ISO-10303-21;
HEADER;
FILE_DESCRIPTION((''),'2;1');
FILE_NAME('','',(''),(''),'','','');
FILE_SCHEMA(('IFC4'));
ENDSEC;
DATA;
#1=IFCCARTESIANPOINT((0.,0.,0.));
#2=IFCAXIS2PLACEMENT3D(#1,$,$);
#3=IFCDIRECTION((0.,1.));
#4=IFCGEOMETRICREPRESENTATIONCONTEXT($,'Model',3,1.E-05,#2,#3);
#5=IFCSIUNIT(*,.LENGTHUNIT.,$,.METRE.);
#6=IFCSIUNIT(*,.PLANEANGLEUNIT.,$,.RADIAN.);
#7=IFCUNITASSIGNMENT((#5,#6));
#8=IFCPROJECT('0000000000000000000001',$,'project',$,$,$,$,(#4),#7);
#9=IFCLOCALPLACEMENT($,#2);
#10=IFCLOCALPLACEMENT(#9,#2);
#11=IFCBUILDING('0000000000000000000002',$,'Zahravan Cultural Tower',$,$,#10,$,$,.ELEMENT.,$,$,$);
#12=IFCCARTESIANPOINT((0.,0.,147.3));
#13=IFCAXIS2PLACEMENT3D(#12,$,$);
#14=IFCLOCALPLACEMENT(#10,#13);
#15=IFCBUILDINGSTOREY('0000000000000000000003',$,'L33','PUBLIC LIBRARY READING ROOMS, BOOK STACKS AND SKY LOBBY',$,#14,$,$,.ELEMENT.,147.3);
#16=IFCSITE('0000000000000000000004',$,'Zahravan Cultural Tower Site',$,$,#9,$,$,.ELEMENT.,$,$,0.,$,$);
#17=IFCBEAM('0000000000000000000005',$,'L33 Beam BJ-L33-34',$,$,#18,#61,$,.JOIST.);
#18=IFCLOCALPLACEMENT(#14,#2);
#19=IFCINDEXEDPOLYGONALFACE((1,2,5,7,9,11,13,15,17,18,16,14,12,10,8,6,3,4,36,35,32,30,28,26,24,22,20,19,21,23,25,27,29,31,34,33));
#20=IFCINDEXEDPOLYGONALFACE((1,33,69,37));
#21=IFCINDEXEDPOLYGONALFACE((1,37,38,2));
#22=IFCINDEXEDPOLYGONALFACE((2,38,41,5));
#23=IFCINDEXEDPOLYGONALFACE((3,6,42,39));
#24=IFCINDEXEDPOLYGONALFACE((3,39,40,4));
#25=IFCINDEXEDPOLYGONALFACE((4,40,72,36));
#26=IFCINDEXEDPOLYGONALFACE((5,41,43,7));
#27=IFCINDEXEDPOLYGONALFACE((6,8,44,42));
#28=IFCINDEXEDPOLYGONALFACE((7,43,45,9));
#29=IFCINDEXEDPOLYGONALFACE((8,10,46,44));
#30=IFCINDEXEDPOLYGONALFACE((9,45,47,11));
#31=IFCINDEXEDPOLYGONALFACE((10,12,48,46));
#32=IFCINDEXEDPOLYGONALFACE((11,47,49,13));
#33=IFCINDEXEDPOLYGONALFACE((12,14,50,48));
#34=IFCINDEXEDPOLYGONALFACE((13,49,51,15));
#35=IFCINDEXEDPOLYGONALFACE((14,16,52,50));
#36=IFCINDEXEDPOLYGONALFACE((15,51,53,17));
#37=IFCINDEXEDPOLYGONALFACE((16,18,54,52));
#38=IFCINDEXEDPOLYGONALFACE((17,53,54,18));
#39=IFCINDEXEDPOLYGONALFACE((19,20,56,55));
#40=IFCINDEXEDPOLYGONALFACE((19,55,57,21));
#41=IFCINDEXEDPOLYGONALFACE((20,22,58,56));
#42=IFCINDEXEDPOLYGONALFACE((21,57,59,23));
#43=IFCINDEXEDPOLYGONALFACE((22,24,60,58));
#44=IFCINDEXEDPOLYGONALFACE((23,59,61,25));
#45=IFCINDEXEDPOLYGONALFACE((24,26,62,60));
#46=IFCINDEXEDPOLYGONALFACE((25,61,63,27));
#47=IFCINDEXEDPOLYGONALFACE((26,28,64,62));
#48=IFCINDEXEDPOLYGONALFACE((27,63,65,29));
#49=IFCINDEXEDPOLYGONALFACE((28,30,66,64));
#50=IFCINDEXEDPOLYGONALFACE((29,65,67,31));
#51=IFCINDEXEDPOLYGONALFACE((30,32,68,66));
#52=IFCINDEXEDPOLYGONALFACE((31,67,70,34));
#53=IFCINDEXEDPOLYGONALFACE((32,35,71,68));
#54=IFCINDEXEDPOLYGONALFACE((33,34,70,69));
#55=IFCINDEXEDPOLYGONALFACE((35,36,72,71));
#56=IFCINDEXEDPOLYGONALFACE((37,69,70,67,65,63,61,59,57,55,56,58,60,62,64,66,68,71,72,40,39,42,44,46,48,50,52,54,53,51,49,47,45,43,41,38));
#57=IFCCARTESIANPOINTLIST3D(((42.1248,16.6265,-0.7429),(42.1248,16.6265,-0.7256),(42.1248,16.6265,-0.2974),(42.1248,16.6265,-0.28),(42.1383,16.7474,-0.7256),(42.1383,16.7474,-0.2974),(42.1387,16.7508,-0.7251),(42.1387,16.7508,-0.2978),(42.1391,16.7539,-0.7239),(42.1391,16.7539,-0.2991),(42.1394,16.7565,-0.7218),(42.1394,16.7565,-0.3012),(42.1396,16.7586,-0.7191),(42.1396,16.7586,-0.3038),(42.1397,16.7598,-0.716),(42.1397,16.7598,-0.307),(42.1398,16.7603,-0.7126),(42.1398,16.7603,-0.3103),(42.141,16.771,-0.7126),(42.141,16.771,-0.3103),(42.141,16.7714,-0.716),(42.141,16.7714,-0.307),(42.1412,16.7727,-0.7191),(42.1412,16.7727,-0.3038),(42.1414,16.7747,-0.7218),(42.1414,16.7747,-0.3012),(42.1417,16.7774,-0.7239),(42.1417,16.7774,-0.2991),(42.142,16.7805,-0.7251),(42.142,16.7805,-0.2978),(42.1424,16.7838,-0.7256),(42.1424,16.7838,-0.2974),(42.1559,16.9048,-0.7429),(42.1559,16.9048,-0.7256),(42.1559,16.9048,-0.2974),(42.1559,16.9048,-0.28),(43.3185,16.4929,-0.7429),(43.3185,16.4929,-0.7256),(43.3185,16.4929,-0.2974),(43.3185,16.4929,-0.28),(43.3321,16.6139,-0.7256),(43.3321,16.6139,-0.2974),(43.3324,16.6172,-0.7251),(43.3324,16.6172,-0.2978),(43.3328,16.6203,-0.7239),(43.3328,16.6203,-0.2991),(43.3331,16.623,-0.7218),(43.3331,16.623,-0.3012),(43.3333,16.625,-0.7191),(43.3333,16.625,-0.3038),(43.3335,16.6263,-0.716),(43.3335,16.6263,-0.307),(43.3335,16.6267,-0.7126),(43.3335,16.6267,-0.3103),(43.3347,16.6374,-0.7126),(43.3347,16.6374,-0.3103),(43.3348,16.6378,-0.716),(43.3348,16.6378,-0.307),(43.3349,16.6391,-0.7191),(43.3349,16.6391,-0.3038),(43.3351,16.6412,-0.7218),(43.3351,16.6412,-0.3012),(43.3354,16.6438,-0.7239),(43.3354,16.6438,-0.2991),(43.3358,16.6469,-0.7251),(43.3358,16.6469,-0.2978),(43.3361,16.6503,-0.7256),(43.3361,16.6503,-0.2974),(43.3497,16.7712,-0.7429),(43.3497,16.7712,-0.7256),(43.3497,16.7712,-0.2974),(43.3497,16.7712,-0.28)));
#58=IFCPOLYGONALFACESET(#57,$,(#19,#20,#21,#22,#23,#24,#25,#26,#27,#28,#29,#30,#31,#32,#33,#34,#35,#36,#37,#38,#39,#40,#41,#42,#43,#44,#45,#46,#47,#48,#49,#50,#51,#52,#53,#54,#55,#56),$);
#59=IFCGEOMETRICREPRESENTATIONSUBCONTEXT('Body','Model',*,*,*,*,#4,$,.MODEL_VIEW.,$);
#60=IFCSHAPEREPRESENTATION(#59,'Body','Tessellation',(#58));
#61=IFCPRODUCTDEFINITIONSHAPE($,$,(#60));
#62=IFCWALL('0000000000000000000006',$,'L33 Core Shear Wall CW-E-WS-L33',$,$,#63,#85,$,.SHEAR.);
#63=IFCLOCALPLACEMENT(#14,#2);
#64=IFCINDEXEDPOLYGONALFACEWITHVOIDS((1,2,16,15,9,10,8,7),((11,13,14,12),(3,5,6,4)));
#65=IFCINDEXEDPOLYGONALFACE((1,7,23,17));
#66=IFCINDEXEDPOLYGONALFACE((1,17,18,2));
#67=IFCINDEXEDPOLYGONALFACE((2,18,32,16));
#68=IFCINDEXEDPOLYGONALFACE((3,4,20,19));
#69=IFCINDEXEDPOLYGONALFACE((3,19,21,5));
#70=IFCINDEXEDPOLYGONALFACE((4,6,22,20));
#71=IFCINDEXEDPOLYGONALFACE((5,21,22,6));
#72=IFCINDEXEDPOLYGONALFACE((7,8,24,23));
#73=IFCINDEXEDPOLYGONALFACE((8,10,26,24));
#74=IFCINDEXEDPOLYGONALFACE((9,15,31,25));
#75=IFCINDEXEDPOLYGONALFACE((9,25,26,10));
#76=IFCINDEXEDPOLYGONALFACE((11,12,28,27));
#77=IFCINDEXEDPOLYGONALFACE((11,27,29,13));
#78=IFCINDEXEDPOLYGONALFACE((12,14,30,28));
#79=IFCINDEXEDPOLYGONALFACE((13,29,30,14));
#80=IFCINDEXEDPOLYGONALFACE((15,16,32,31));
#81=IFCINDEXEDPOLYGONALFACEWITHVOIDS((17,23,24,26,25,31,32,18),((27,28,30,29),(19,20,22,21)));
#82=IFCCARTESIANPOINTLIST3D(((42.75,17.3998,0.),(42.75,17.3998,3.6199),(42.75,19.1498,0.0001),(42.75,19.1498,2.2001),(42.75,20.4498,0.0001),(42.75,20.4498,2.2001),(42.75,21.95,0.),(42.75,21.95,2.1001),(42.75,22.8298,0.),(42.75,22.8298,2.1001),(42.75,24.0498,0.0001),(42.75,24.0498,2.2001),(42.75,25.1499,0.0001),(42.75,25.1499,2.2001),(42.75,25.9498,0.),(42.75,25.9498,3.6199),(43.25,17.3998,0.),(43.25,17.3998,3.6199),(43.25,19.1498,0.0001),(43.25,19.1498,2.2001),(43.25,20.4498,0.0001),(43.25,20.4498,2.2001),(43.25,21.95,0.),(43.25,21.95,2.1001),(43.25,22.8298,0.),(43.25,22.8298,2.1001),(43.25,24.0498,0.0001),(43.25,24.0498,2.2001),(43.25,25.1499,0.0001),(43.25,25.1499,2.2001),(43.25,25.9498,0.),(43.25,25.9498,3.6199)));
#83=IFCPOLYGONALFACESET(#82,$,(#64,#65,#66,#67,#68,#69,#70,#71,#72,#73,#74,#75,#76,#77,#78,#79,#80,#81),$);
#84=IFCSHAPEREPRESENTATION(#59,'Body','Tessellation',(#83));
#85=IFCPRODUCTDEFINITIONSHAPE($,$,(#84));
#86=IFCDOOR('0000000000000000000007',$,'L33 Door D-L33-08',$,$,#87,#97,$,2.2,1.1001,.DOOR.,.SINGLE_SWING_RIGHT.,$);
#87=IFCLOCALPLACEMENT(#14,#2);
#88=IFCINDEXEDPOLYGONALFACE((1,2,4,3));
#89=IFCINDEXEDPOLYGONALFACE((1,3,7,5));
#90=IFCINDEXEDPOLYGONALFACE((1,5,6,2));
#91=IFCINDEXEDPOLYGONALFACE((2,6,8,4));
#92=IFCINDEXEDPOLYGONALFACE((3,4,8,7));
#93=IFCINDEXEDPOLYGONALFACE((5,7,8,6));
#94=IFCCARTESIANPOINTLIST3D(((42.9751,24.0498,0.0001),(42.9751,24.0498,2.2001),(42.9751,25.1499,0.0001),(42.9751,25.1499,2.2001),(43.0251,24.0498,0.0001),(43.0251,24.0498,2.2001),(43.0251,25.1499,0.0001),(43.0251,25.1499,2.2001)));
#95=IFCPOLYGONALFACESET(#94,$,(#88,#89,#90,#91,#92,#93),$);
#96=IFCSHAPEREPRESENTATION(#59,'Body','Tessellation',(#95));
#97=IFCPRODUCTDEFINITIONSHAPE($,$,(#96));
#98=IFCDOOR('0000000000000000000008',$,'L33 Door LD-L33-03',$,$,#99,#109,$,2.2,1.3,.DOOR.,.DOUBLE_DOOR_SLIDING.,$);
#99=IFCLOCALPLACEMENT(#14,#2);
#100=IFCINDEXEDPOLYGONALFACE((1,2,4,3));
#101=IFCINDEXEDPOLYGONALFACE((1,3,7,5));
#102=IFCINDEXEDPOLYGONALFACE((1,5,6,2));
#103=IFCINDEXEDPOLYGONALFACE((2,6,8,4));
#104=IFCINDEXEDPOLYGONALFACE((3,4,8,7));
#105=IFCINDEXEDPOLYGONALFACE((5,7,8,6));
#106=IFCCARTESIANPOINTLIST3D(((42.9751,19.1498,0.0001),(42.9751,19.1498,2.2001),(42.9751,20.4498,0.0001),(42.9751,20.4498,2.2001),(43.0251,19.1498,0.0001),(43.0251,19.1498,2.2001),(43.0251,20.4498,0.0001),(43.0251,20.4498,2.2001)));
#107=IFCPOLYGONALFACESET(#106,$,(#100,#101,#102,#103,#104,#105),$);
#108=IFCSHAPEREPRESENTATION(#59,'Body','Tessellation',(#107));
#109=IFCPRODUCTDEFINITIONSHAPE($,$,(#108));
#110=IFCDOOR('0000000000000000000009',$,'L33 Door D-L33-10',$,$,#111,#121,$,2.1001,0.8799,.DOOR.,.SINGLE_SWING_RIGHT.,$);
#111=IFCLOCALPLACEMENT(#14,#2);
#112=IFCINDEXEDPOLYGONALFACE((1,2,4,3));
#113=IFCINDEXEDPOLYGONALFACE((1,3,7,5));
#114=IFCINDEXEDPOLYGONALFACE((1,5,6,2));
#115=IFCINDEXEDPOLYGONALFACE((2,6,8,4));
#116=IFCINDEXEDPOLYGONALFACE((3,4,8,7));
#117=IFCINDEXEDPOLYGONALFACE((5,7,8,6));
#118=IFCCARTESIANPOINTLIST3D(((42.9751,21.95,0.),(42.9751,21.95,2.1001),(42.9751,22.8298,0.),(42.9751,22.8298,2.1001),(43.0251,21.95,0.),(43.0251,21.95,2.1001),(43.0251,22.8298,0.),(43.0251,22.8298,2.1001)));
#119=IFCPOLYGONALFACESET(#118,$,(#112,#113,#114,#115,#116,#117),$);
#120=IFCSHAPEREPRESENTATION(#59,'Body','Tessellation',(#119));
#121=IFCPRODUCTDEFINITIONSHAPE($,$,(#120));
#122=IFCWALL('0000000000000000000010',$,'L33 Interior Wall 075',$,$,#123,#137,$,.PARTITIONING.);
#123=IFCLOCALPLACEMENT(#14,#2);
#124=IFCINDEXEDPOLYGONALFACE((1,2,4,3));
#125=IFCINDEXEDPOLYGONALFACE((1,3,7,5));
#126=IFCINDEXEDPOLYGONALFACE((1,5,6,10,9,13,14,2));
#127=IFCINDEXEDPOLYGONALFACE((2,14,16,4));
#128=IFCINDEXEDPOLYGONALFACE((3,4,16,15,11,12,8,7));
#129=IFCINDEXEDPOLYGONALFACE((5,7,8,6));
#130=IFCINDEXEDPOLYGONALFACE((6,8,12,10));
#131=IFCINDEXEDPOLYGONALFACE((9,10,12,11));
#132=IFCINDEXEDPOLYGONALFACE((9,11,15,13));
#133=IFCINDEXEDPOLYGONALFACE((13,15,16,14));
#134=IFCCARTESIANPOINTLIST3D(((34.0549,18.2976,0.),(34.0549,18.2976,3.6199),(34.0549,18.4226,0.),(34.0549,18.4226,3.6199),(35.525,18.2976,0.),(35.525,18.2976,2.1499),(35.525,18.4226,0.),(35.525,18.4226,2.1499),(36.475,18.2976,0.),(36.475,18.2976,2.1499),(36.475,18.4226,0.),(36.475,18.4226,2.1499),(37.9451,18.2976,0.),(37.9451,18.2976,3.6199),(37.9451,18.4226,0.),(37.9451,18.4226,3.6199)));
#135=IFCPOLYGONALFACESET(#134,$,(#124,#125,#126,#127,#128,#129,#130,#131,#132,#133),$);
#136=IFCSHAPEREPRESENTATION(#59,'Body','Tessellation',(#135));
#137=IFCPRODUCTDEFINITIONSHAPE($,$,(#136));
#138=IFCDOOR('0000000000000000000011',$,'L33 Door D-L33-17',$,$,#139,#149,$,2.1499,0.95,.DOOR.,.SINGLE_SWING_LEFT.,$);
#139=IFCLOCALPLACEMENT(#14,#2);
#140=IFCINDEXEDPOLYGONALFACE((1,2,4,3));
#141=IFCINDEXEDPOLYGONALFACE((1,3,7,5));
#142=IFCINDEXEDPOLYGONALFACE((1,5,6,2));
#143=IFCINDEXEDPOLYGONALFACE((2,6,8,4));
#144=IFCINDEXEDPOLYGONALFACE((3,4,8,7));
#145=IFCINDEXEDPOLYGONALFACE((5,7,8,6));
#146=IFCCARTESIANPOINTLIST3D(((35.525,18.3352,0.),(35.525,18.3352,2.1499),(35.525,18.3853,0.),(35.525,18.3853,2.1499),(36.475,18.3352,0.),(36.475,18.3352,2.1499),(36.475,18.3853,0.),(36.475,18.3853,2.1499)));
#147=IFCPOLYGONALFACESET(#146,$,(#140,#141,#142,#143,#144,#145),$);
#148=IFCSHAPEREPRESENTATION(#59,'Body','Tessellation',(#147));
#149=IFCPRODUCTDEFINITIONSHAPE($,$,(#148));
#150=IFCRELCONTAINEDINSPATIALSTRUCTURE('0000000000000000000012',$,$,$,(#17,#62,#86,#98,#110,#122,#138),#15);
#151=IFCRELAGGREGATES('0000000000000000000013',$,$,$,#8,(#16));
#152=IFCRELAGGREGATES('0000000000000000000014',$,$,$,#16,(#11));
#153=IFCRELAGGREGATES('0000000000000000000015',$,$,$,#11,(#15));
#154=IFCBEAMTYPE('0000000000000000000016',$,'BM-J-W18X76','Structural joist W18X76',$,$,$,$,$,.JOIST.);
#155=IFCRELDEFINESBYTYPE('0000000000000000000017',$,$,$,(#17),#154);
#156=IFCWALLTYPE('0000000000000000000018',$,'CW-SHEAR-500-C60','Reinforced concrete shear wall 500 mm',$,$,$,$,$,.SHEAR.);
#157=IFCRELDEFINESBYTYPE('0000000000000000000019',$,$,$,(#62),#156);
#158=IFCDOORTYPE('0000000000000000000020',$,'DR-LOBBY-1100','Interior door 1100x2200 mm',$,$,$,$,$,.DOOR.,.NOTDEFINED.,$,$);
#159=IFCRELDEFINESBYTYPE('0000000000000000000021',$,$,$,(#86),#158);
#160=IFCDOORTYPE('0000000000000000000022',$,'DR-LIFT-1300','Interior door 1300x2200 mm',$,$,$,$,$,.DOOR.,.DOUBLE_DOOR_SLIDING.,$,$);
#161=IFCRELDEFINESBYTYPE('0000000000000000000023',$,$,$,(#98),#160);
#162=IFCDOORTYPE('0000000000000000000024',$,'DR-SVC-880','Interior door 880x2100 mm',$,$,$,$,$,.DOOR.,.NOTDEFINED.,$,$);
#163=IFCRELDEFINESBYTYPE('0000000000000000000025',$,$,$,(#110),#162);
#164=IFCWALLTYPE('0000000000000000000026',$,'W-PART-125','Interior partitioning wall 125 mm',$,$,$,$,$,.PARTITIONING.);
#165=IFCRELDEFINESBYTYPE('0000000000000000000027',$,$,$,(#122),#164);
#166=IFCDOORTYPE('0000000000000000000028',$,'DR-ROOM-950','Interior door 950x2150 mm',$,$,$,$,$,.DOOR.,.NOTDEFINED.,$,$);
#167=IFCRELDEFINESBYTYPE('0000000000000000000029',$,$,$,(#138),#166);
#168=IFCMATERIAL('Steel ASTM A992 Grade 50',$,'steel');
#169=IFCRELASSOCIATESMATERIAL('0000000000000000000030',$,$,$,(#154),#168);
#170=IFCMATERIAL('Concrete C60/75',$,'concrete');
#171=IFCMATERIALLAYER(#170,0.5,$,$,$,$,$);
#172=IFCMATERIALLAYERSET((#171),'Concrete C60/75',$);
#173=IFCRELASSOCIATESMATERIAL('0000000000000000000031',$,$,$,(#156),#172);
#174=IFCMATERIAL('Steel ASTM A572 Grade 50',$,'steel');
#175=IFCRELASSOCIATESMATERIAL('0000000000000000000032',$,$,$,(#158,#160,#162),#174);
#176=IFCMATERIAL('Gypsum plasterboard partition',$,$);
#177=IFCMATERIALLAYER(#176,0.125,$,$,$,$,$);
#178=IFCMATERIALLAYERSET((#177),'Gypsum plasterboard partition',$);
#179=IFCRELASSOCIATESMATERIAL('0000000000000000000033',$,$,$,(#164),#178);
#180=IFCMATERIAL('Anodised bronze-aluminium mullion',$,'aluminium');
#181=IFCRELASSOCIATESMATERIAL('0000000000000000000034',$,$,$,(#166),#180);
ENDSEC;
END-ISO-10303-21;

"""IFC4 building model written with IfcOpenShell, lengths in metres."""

from ifc_helpers import new_model, si_unit, direction, frame, frame_2d, origin, origin_2d, place, context, subcontext, project, spatial, rectangle, i_section, extrude, source, transform, mapped, material, layer, layer_set, material_profile, profile_set, type_object, element, fill, save


model = new_model("IFC4")

# Units and contexts
model_context = context("Model", 3, precision=1e-05, world=origin(), true_north=direction((0.0, 1.0)))
body_context = subcontext(model_context, "Body", "Model", "MODEL_VIEW")
ifc_project = project(units=[si_unit("LENGTHUNIT", "METRE"), si_unit("PLANEANGLEUNIT", "RADIAN")], contexts=[model_context])

# Site, building, storey
site_placement = place(None, origin())
site = spatial("IfcSite", under=ifc_project, at=site_placement, Name="Zahravan Cultural Tower Site", CompositionType="ELEMENT", RefElevation=0.0)
building_placement = place(site_placement, origin())
building = spatial("IfcBuilding", under=site, at=building_placement, Name="Zahravan Cultural Tower", CompositionType="ELEMENT")
storey_placement = place(building_placement, frame((0.0, 0.0, 147.3)))
storey = spatial("IfcBuildingStorey", under=building, at=storey_placement, Name="L33", Description="PUBLIC LIBRARY READING ROOMS, BOOK STACKS AND SKY LOBBY", CompositionType="ELEMENT", Elevation=147.3)

# Beam
ifc_material_1 = material(Name="Steel ASTM A992 Grade 50", Category="steel")
ifc_material_profile_1 = material_profile(ifc_material_1, i_section(OverallWidth=0.28, OverallDepth=0.4629, WebThickness=0.0107, FlangeThickness=0.0173, FilletRadius=0.0129, at=origin_2d()), Name="W18X76")
ifc_profile_set_1 = profile_set([ifc_material_profile_1], Name="Steel ASTM A992 Grade 50")
beam_type_1 = type_object("IfcBeamType", Name="BM-J-W18X76", Description="Structural joist W18X76", PredefinedType="JOIST", material=ifc_profile_set_1)
shared_shape_1 = source(origin(), body_context, "Body", "SweptSolid", [
    extrude(i_section(OverallWidth=0.28, OverallDepth=0.4629, WebThickness=0.0107, FlangeThickness=0.0173, FilletRadius=0.0129, at=origin_2d()), origin(), (0.0, 0.0, 1.0), 1.2012),
])
beam_1_placement = place(storey_placement, frame((42.1404, 16.7656, -0.5115), z_axis=(0.993799, -0.11119, 0.0), x_axis=(0.11119, 0.993799, 0.0)))
element("IfcBeam", 1, at=beam_1_placement, inside=storey, type_object=beam_type_1, Name="L33 Beam BJ-L33-34", PredefinedType="JOIST", context=body_context, shape_type="MappedRepresentation", body=[
    mapped(shared_shape_1, transform((0.0, 0.0, 0.0), x_axis=(1.0, 0.0, 0.0), y_axis=(0.0, 1.0, 0.0), z_axis=(0.0, 0.0, 1.0), scale=1.0)),
])

# Wall, openings, doors
ifc_material_2 = material(Name="Concrete C60/75", Category="concrete")
ifc_layer_1 = layer(ifc_material_2, 0.5)
ifc_layer_set_1 = layer_set([ifc_layer_1], Name="Concrete C60/75")
wall_type_1 = type_object("IfcWallType", Name="CW-SHEAR-500-C60", Description="Reinforced concrete shear wall 500 mm", PredefinedType="SHEAR", material=ifc_layer_set_1)
wall_1_placement = place(storey_placement, frame((43.0, 17.3999, 0.0), z_axis=(0.0, 0.0, 1.0), x_axis=(0.0, 1.0, 0.0)))
wall_1 = element("IfcWall", 2, at=wall_1_placement, inside=storey, type_object=wall_type_1, Name="L33 Core Shear Wall CW-E-WS-L33", PredefinedType="SHEAR", context=body_context, shape_type="SweptSolid", body=[
    extrude(rectangle(XDim=8.55, YDim=0.5, at=frame_2d((4.2749, 0.0))), origin(), (0.0, 0.0, 1.0), 3.6199),
])
opening_1_placement = place(wall_1_placement, frame((6.6499, 0.0, 0.0)))
opening_1 = element("IfcOpeningElement", 3, at=opening_1_placement, cuts=wall_1, PredefinedType="OPENING", context=body_context, shape_type="SweptSolid", body=[
    extrude(rectangle(XDim=1.1001, YDim=2.2, at=frame_2d((0.55, 1.1001))), frame((0.0, 0.26, 0.0), z_axis=(0.0, -1.0, 0.0), x_axis=(1.0, 0.0, 0.0)), (0.0, 0.0, 1.0), 0.52),
])
opening_2_placement = place(wall_1_placement, frame((1.75, 0.0, 0.0)))
opening_2 = element("IfcOpeningElement", 4, at=opening_2_placement, cuts=wall_1, PredefinedType="OPENING", context=body_context, shape_type="SweptSolid", body=[
    extrude(rectangle(XDim=1.3, YDim=2.2, at=frame_2d((0.6499, 1.1001))), frame((0.0, 0.26, 0.0), z_axis=(0.0, -1.0, 0.0), x_axis=(1.0, 0.0, 0.0)), (0.0, 0.0, 1.0), 0.52),
])
opening_3_placement = place(wall_1_placement, frame((4.55, 0.0, 0.0)))
opening_3 = element("IfcOpeningElement", 5, at=opening_3_placement, cuts=wall_1, PredefinedType="OPENING", context=body_context, shape_type="SweptSolid", body=[
    extrude(rectangle(XDim=0.8799, YDim=2.1001, at=frame_2d((0.4399, 1.05))), frame((0.0, 0.26, 0.0), z_axis=(0.0, -1.0, 0.0), x_axis=(1.0, 0.0, 0.0)), (0.0, 0.0, 1.0), 0.52),
])
ifc_material_3 = material(Name="Steel ASTM A572 Grade 50", Category="steel")
door_type_1 = type_object("IfcDoorType", Name="DR-LOBBY-1100", Description="Interior door 1100x2200 mm", OperationType="NOTDEFINED", PredefinedType="DOOR", material=ifc_material_3)
shared_shape_2 = source(origin(), body_context, "Body", "SweptSolid", [
    extrude(rectangle(XDim=1.1001, YDim=2.2, at=frame_2d((0.55, 1.1001))), frame((0.0, 0.0249, 0.0), z_axis=(0.0, -1.0, 0.0), x_axis=(1.0, 0.0, 0.0)), (0.0, 0.0, 1.0), 0.05),
])
door_1_placement = place(opening_1_placement, origin())
door_1 = element("IfcDoor", 6, at=door_1_placement, inside=storey, type_object=door_type_1, Name="L33 Door D-L33-08", OperationType="SINGLE_SWING_RIGHT", OverallHeight=2.2, OverallWidth=1.1001, PredefinedType="DOOR", context=body_context, shape_type="MappedRepresentation", body=[
    mapped(shared_shape_2, transform((0.0, 0.0, 0.0), x_axis=(1.0, 0.0, 0.0), y_axis=(0.0, 1.0, 0.0), z_axis=(0.0, 0.0, 1.0), scale=1.0)),
])
fill(opening_1, door_1)
door_type_2 = type_object("IfcDoorType", Name="DR-LIFT-1300", Description="Interior door 1300x2200 mm", OperationType="DOUBLE_DOOR_SLIDING", PredefinedType="DOOR", material=ifc_material_3)
shared_shape_3 = source(origin(), body_context, "Body", "SweptSolid", [
    extrude(rectangle(XDim=1.3, YDim=2.2, at=frame_2d((0.6499, 1.1001))), frame((0.0, 0.0249, 0.0), z_axis=(0.0, -1.0, 0.0), x_axis=(1.0, 0.0, 0.0)), (0.0, 0.0, 1.0), 0.05),
])
door_2_placement = place(opening_2_placement, origin())
door_2 = element("IfcDoor", 7, at=door_2_placement, inside=storey, type_object=door_type_2, Name="L33 Door LD-L33-03", OperationType="DOUBLE_DOOR_SLIDING", OverallHeight=2.2, OverallWidth=1.3, PredefinedType="DOOR", context=body_context, shape_type="MappedRepresentation", body=[
    mapped(shared_shape_3, transform((0.0, 0.0, 0.0), x_axis=(1.0, 0.0, 0.0), y_axis=(0.0, 1.0, 0.0), z_axis=(0.0, 0.0, 1.0), scale=1.0)),
])
fill(opening_2, door_2)
door_type_3 = type_object("IfcDoorType", Name="DR-SVC-880", Description="Interior door 880x2100 mm", OperationType="NOTDEFINED", PredefinedType="DOOR", material=ifc_material_3)
shared_shape_4 = source(origin(), body_context, "Body", "SweptSolid", [
    extrude(rectangle(XDim=0.8799, YDim=2.1001, at=frame_2d((0.4399, 1.05))), frame((0.0, 0.0249, 0.0), z_axis=(0.0, -1.0, 0.0), x_axis=(1.0, 0.0, 0.0)), (0.0, 0.0, 1.0), 0.05),
])
door_3_placement = place(opening_3_placement, origin())
door_3 = element("IfcDoor", 8, at=door_3_placement, inside=storey, type_object=door_type_3, Name="L33 Door D-L33-10", OperationType="SINGLE_SWING_RIGHT", OverallHeight=2.1001, OverallWidth=0.8799, PredefinedType="DOOR", context=body_context, shape_type="MappedRepresentation", body=[
    mapped(shared_shape_4, transform((0.0, 0.0, 0.0), x_axis=(1.0, 0.0, 0.0), y_axis=(0.0, 1.0, 0.0), z_axis=(0.0, 0.0, 1.0), scale=1.0)),
])
fill(opening_3, door_3)

# Wall, opening, door
ifc_material_4 = material(Name="Gypsum plasterboard partition")
ifc_layer_2 = layer(ifc_material_4, 0.125)
ifc_layer_set_2 = layer_set([ifc_layer_2], Name="Gypsum plasterboard partition")
wall_type_2 = type_object("IfcWallType", Name="W-PART-125", Description="Interior partitioning wall 125 mm", PredefinedType="PARTITIONING", material=ifc_layer_set_2)
ifc_material_5 = material(Name="Anodised bronze-aluminium mullion", Category="aluminium")
door_type_4 = type_object("IfcDoorType", Name="DR-ROOM-950", Description="Interior door 950x2150 mm", OperationType="NOTDEFINED", PredefinedType="DOOR", material=ifc_material_5)
shared_shape_5 = source(origin(), body_context, "Body", "SweptSolid", [
    extrude(rectangle(XDim=0.95, YDim=2.1499, at=frame_2d((0.4751, 1.075))), frame((0.0, 0.0249, 0.0), z_axis=(0.0, -1.0, 0.0), x_axis=(1.0, 0.0, 0.0)), (0.0, 0.0, 1.0), 0.05),
])
wall_2_placement = place(storey_placement, frame((37.9451, 18.3601, 0.0), z_axis=(0.0, 0.0, 1.0), x_axis=(-1.0, 0.0, 0.0)))
wall_2 = element("IfcWall", 9, at=wall_2_placement, inside=storey, type_object=wall_type_2, Name="L33 Interior Wall 075", PredefinedType="PARTITIONING", context=body_context, shape_type="SweptSolid", body=[
    extrude(rectangle(XDim=3.8901, YDim=0.125, at=frame_2d((1.9451, 0.0))), origin(), (0.0, 0.0, 1.0), 3.6199),
])
opening_4_placement = place(wall_2_placement, frame((1.47, 0.0, 0.0)))
opening_4 = element("IfcOpeningElement", 10, at=opening_4_placement, cuts=wall_2, PredefinedType="OPENING", context=body_context, shape_type="SweptSolid", body=[
    extrude(rectangle(XDim=0.95, YDim=2.1499, at=frame_2d((0.4751, 1.075))), frame((0.0, 0.0725, 0.0), z_axis=(0.0, -1.0, 0.0), x_axis=(1.0, 0.0, 0.0)), (0.0, 0.0, 1.0), 0.145),
])
door_4_placement = place(opening_4_placement, origin())
door_4 = element("IfcDoor", 11, at=door_4_placement, inside=storey, type_object=door_type_4, Name="L33 Door D-L33-17", OperationType="SINGLE_SWING_LEFT", OverallHeight=2.1499, OverallWidth=0.95, PredefinedType="DOOR", context=body_context, shape_type="MappedRepresentation", body=[
    mapped(shared_shape_5, transform((0.0, 0.0, 0.0), x_axis=(1.0, 0.0, 0.0), y_axis=(0.0, 1.0, 0.0), z_axis=(0.0, 0.0, 1.0), scale=1.0)),
])
fill(opening_4, door_4)

save(model, "model.ifc")
